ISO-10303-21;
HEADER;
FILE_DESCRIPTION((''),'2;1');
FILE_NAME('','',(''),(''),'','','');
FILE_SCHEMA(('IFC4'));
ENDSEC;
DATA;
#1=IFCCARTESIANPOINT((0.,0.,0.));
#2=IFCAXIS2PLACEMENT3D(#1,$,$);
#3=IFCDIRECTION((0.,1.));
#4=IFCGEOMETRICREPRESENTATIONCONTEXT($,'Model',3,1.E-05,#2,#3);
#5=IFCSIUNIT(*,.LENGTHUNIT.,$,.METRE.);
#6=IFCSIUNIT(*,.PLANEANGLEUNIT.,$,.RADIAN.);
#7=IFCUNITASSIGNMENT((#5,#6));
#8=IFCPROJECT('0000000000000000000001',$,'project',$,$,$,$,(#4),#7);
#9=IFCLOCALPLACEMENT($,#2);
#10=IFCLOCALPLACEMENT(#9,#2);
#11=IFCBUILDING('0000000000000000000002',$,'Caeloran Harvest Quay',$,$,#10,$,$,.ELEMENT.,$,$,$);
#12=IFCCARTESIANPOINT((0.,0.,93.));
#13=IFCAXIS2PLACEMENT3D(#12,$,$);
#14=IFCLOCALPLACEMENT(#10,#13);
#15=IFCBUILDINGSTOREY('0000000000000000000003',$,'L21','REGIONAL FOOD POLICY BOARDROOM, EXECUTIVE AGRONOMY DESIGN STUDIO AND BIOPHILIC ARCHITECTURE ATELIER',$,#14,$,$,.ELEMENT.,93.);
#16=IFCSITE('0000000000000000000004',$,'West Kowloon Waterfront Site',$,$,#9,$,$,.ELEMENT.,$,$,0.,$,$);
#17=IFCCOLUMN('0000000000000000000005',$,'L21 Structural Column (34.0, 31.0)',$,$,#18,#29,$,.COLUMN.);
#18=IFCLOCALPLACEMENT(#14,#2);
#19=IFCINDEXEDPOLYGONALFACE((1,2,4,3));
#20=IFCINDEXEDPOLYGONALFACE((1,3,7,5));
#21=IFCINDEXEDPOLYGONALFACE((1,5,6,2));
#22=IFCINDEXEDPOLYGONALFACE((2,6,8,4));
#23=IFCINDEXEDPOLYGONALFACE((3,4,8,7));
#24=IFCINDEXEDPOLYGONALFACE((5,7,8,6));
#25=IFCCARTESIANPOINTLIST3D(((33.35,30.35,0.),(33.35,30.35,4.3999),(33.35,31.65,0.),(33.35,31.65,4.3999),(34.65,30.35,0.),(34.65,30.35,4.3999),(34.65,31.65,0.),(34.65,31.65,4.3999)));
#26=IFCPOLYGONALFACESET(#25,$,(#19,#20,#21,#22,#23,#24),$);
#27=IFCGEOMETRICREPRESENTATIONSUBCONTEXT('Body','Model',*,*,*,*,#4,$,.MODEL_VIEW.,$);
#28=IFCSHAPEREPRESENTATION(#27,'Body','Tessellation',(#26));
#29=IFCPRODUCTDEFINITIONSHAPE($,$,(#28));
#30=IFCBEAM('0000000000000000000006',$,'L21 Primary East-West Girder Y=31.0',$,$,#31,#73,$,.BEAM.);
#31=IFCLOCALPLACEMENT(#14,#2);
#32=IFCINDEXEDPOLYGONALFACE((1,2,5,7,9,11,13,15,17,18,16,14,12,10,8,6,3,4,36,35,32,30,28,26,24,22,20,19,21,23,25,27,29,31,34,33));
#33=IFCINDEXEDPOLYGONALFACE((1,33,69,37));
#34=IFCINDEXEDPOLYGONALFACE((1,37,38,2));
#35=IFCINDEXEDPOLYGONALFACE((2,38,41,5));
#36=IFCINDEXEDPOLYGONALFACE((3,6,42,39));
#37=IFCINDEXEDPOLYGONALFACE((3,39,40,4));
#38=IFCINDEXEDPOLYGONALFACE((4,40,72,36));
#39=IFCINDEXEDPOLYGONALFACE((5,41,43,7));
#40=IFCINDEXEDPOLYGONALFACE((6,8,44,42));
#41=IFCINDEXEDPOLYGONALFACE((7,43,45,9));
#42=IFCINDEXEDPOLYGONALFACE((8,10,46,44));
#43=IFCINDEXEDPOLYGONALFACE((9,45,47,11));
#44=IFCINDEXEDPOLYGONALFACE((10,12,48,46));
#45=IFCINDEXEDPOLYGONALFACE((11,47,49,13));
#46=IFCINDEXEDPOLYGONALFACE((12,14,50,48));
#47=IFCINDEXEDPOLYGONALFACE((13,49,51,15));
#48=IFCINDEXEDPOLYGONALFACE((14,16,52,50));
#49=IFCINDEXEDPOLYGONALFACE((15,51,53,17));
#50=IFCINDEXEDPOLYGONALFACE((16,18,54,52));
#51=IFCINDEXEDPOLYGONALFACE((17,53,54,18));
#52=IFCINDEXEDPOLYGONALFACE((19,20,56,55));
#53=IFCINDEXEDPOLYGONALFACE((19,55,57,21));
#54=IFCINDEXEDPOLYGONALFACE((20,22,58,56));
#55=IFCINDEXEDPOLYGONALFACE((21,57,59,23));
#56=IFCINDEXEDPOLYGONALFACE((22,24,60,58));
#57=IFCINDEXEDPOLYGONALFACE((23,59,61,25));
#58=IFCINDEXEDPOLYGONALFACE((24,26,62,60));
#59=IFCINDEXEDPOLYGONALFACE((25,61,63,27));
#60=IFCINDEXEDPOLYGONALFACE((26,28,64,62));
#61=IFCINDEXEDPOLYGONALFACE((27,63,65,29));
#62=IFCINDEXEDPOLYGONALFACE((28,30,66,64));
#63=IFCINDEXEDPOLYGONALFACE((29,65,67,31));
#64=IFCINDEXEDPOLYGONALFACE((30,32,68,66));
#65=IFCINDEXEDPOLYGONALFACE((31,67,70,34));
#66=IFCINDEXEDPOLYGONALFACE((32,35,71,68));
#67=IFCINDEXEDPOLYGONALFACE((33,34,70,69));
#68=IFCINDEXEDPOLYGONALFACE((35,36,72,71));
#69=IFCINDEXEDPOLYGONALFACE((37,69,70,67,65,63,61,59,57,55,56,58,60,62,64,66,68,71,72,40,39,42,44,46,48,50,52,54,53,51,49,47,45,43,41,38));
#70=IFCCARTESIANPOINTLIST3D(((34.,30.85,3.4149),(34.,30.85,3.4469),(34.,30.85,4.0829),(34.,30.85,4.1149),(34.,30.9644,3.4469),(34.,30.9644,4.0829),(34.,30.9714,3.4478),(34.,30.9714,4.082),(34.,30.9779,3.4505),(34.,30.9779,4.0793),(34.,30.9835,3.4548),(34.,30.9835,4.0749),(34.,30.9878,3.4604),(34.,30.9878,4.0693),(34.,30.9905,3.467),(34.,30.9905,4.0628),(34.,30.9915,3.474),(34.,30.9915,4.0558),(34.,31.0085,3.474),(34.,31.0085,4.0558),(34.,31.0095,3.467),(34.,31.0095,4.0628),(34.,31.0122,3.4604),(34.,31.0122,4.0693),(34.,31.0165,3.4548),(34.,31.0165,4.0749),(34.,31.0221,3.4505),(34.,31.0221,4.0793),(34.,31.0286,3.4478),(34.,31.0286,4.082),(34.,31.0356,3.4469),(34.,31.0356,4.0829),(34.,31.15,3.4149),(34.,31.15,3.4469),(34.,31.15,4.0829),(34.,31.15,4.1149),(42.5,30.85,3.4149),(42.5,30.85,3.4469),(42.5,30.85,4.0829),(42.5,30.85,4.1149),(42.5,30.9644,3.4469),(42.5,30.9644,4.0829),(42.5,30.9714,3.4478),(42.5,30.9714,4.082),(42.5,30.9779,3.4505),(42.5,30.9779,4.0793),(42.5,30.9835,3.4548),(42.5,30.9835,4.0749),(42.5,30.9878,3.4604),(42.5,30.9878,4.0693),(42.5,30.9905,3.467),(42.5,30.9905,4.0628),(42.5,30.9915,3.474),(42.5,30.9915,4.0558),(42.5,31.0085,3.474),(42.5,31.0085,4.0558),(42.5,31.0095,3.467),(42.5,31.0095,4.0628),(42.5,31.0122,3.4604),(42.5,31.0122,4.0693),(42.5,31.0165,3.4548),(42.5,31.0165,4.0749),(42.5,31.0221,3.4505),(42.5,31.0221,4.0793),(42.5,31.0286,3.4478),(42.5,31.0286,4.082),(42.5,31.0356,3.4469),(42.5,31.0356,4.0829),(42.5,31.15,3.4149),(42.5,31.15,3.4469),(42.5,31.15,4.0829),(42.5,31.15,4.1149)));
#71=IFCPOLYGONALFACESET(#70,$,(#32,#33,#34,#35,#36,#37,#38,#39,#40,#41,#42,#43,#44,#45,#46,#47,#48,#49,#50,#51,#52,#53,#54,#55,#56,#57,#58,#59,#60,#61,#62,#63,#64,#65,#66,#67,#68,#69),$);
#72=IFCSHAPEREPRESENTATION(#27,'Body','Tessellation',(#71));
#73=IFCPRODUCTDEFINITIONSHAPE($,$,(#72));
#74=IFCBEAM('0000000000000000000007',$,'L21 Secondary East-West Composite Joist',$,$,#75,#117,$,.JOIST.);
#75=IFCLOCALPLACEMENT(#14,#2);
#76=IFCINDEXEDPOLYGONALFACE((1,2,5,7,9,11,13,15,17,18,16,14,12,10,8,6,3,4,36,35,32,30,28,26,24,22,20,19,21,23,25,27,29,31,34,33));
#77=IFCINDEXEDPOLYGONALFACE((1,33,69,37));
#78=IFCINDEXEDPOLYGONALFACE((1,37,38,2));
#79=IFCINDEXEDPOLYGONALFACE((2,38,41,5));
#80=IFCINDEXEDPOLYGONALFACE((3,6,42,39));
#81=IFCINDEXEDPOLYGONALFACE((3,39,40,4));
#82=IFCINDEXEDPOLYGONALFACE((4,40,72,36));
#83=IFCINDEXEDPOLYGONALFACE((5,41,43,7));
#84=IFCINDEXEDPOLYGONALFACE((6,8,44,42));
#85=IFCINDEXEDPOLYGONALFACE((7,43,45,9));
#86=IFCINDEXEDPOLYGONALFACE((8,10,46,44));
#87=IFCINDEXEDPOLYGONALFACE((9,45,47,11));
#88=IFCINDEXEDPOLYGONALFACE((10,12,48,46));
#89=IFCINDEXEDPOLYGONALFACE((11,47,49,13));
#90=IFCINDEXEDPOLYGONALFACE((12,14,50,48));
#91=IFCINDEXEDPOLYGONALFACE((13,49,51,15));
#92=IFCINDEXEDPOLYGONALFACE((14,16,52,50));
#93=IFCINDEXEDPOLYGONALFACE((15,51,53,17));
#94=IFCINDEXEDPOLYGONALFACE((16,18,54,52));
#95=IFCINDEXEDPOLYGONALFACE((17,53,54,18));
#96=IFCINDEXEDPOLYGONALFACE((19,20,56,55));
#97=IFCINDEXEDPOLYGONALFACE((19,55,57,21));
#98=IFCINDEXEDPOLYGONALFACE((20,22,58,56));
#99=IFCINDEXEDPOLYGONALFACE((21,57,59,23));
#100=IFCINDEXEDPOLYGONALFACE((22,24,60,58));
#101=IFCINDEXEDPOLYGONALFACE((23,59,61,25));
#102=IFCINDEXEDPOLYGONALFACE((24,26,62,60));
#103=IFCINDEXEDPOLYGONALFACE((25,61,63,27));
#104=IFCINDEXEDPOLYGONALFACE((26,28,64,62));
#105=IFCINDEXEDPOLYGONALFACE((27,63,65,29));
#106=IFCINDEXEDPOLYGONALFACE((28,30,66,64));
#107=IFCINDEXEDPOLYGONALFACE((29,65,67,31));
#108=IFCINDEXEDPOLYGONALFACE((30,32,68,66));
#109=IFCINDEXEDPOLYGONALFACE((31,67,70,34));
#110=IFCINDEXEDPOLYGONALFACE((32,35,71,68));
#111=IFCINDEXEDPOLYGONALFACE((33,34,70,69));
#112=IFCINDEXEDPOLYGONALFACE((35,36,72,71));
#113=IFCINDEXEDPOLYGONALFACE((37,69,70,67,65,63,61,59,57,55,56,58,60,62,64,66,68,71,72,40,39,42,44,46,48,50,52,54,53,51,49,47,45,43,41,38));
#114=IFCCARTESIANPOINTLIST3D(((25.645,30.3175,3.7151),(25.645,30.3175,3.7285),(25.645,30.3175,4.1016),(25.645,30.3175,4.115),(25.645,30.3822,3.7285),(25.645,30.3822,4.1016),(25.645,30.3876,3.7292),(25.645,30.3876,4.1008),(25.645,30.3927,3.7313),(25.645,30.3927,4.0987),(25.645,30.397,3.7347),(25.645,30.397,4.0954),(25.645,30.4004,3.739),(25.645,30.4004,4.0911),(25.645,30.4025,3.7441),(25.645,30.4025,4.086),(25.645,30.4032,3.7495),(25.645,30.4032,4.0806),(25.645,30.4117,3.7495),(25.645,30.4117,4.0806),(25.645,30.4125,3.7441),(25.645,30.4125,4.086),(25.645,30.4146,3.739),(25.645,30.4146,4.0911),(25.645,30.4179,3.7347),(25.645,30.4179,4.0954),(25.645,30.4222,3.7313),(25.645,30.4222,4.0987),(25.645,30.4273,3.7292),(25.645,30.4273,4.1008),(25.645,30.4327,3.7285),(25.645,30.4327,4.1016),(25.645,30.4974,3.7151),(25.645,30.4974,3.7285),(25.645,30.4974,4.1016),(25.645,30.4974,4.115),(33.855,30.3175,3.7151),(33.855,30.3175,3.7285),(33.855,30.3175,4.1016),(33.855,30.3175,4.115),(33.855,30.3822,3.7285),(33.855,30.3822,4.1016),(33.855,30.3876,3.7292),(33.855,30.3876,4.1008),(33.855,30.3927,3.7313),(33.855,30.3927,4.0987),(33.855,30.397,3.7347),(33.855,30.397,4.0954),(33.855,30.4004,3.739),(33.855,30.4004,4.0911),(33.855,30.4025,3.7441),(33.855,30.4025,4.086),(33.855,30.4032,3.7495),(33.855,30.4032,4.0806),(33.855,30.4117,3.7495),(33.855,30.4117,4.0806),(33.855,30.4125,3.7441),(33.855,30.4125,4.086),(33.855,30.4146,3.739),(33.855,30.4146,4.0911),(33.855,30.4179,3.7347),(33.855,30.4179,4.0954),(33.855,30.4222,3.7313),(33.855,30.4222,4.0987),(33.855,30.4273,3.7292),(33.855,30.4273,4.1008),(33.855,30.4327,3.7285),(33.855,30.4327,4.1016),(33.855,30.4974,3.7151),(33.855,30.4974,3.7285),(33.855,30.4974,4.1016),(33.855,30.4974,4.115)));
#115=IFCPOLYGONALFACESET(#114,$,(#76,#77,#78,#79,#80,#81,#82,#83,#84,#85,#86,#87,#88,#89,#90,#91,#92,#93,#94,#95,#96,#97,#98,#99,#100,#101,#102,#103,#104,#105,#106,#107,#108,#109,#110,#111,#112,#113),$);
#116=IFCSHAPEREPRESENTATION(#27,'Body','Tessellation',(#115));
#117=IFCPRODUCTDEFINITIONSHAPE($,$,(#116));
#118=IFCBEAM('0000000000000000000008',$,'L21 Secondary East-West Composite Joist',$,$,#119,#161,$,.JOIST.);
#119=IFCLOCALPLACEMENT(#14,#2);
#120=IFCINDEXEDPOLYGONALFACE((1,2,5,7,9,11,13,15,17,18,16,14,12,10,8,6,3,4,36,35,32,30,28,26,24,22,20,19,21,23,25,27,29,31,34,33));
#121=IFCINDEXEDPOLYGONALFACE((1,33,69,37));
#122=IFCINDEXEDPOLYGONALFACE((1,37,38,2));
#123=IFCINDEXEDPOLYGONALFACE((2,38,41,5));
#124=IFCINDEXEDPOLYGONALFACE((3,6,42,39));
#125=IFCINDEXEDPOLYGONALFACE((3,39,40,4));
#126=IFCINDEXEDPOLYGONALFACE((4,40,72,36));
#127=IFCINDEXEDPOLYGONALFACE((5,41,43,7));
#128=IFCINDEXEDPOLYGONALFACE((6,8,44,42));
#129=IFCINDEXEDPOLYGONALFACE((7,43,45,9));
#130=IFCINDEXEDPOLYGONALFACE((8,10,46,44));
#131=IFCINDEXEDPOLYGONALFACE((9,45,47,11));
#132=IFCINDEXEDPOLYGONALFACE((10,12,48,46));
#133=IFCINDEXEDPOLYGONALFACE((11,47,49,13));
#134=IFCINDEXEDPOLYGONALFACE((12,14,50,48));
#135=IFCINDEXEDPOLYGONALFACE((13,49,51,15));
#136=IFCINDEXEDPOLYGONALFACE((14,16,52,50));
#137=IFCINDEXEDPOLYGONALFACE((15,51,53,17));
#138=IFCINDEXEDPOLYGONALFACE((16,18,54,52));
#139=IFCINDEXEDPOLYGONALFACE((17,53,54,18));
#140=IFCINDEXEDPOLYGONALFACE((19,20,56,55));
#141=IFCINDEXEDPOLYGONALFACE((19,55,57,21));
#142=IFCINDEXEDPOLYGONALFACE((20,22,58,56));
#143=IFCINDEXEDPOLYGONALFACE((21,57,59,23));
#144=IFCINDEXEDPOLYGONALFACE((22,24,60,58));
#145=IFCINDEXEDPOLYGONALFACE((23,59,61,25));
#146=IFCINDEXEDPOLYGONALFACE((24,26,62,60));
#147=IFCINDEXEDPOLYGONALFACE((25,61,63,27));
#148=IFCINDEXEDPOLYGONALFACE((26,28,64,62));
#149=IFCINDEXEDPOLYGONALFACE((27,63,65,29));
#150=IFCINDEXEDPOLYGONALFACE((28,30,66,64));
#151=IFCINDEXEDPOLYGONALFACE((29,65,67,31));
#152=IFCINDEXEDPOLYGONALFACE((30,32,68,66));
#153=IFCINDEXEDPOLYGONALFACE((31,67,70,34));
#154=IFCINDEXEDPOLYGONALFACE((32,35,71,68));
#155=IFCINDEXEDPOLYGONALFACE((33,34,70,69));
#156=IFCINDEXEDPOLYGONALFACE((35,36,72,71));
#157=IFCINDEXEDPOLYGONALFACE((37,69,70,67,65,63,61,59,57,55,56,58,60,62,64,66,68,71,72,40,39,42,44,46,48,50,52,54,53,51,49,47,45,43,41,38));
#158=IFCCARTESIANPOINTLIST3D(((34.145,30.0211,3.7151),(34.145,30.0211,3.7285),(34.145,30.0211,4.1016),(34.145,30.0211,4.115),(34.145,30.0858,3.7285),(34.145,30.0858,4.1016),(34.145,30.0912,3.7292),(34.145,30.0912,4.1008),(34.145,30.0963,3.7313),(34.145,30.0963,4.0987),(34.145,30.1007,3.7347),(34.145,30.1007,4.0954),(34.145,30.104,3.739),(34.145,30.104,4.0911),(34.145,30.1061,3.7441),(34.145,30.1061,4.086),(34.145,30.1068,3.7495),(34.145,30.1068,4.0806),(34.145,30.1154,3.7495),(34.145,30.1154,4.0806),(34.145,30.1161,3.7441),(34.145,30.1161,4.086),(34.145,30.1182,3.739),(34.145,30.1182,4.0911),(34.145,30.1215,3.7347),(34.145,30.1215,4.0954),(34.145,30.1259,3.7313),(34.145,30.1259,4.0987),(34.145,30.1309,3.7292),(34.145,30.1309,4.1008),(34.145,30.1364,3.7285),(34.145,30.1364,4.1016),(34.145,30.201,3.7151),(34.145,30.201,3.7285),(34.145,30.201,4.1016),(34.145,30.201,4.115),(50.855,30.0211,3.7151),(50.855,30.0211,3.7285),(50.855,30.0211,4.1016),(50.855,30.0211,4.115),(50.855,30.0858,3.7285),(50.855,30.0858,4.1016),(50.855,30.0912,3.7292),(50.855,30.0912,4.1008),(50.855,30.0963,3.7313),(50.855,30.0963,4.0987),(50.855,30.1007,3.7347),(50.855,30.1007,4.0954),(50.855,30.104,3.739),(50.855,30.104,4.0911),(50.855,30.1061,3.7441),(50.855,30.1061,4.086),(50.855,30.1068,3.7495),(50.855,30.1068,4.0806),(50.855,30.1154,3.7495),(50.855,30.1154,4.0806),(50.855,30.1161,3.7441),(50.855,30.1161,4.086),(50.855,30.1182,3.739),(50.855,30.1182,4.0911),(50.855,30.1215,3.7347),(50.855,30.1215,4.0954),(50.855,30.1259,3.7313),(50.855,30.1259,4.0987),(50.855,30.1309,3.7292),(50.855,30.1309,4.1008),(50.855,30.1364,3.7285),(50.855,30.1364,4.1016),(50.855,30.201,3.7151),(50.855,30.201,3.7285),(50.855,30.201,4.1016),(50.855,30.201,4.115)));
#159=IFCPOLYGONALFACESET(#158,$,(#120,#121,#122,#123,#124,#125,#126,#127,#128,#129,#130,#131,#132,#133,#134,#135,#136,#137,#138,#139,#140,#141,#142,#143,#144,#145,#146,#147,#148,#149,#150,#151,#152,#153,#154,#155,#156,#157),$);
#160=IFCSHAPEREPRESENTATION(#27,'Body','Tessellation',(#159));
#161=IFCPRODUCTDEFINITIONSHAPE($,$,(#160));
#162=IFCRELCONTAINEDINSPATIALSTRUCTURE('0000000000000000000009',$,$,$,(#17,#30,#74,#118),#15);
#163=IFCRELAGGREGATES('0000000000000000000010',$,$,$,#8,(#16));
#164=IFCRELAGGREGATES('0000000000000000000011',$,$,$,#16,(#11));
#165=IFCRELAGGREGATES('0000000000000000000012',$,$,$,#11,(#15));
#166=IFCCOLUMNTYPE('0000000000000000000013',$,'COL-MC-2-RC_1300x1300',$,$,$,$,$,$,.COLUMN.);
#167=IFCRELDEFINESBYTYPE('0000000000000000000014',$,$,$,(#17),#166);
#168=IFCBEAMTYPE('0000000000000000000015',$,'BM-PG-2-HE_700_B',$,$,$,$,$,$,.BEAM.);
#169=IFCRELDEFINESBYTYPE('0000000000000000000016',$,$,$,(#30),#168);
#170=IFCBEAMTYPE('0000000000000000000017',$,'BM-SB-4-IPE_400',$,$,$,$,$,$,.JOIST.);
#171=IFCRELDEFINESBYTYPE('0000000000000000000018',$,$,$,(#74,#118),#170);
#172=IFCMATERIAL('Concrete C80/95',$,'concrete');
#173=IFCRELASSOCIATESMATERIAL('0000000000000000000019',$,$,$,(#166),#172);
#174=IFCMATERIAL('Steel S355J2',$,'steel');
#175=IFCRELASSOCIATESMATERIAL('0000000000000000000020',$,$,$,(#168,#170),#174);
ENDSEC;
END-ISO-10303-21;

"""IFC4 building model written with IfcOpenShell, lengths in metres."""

from ifc_helpers import new_model, si_unit, direction, frame, origin, origin_2d, place, context, subcontext, project, spatial, rectangle, i_section, extrude, material, material_profile, profile_set, type_object, element, save


model = new_model("IFC4")

# Units and contexts
model_context = context("Model", 3, precision=1e-05, world=origin(), true_north=direction((0.0, 1.0)))
body_context = subcontext(model_context, "Body", "Model", "MODEL_VIEW")
ifc_project = project(units=[si_unit("LENGTHUNIT", "METRE"), si_unit("PLANEANGLEUNIT", "RADIAN")], contexts=[model_context])

# Site, building, storey
site_placement = place(None, origin())
site = spatial("IfcSite", under=ifc_project, at=site_placement, Name="West Kowloon Waterfront Site", CompositionType="ELEMENT", RefElevation=0.0)
building_placement = place(site_placement, origin())
building = spatial("IfcBuilding", under=site, at=building_placement, Name="Caeloran Harvest Quay", CompositionType="ELEMENT")
storey_placement = place(building_placement, frame((0.0, 0.0, 93.0)))
storey = spatial("IfcBuildingStorey", under=building, at=storey_placement, Name="L21", Description="REGIONAL FOOD POLICY BOARDROOM, EXECUTIVE AGRONOMY DESIGN STUDIO AND BIOPHILIC ARCHITECTURE ATELIER", CompositionType="ELEMENT", Elevation=93.0)

# Column
ifc_material_1 = material(Name="Concrete C80/95", Category="concrete")
ifc_material_profile_1 = material_profile(ifc_material_1, rectangle(XDim=1.3, YDim=1.3, at=origin_2d()), Name="RC 1300x1300")
ifc_profile_set_1 = profile_set([ifc_material_profile_1], Name="Concrete C80/95")
column_type = type_object("IfcColumnType", Name="COL-MC-2-RC_1300x1300", PredefinedType="COLUMN", material=ifc_profile_set_1)
column_placement = place(storey_placement, frame((34.0, 31.0, 0.0), z_axis=(0.0, 0.0, 1.0), x_axis=(1.0, 0.0, 0.0)))
element("IfcColumn", 1, at=column_placement, inside=storey, type_object=column_type, Name="L21 Structural Column (34.0, 31.0)", PredefinedType="COLUMN", context=body_context, shape_type="SweptSolid", body=[
    extrude(rectangle(XDim=1.3, YDim=1.3, at=origin_2d()), origin(), (0.0, 0.0, 1.0), 4.3999),
])

# Beams
ifc_material_2 = material(Name="Steel S355J2", Category="steel")
ifc_material_profile_2 = material_profile(ifc_material_2, i_section(OverallWidth=0.3, OverallDepth=0.7, WebThickness=0.0171, FlangeThickness=0.032, FilletRadius=0.0271, at=origin_2d()), Name="HE 700 B")
ifc_profile_set_2 = profile_set([ifc_material_profile_2], Name="Steel S355J2")
beam_type_1 = type_object("IfcBeamType", Name="BM-PG-2-HE_700_B", PredefinedType="BEAM", material=ifc_profile_set_2)
beam_1_placement = place(storey_placement, frame((34.0, 31.0, 3.7649), z_axis=(1.0, 0.0, 0.0), x_axis=(0.0, 1.0, 0.0)))
element("IfcBeam", 2, at=beam_1_placement, inside=storey, type_object=beam_type_1, Name="L21 Primary East-West Girder Y=31.0", PredefinedType="BEAM", context=body_context, shape_type="SweptSolid", body=[
    extrude(i_section(OverallWidth=0.3, OverallDepth=0.7, WebThickness=0.0171, FlangeThickness=0.032, FilletRadius=0.0271, at=origin_2d()), origin(), (0.0, 0.0, 1.0), 8.5),
])
ifc_material_profile_3 = material_profile(ifc_material_2, i_section(OverallWidth=0.1799, OverallDepth=0.3999, WebThickness=0.0085, FlangeThickness=0.0134, FilletRadius=0.021, at=origin_2d()), Name="IPE 400")
ifc_profile_set_3 = profile_set([ifc_material_profile_3], Name="Steel S355J2")
beam_type_2 = type_object("IfcBeamType", Name="BM-SB-4-IPE_400", PredefinedType="JOIST", material=ifc_profile_set_3)
beam_2_placement = place(storey_placement, frame((25.645, 30.4075, 3.915), z_axis=(1.0, 0.0, 0.0), x_axis=(0.0, 1.0, 0.0)))
element("IfcBeam", 3, at=beam_2_placement, inside=storey, type_object=beam_type_2, Name="L21 Secondary East-West Composite Joist", PredefinedType="JOIST", context=body_context, shape_type="SweptSolid", body=[
    extrude(i_section(OverallWidth=0.1799, OverallDepth=0.3999, WebThickness=0.0085, FlangeThickness=0.0134, FilletRadius=0.021, at=origin_2d()), origin(), (0.0, 0.0, 1.0), 8.21),
])
for number, where, z_axis, x_axis, name in (
    (4, (34.145, 30.1111, 3.915), (1.0, 0.0, 0.0), (0.0, 1.0, 0.0), "L21 Secondary East-West Composite Joist"),
):
    element("IfcBeam", number, at=place(storey_placement, frame(where, z_axis=z_axis, x_axis=x_axis)), inside=storey, type_object=beam_type_2, Name=name, PredefinedType="JOIST", context=body_context, shape_type="SweptSolid", body=[
        extrude(i_section(OverallWidth=0.1799, OverallDepth=0.3999, WebThickness=0.0085, FlangeThickness=0.0134, FilletRadius=0.021, at=origin_2d()), origin(), (0.0, 0.0, 1.0), 16.71),
    ])

save(model, "model.ifc")
